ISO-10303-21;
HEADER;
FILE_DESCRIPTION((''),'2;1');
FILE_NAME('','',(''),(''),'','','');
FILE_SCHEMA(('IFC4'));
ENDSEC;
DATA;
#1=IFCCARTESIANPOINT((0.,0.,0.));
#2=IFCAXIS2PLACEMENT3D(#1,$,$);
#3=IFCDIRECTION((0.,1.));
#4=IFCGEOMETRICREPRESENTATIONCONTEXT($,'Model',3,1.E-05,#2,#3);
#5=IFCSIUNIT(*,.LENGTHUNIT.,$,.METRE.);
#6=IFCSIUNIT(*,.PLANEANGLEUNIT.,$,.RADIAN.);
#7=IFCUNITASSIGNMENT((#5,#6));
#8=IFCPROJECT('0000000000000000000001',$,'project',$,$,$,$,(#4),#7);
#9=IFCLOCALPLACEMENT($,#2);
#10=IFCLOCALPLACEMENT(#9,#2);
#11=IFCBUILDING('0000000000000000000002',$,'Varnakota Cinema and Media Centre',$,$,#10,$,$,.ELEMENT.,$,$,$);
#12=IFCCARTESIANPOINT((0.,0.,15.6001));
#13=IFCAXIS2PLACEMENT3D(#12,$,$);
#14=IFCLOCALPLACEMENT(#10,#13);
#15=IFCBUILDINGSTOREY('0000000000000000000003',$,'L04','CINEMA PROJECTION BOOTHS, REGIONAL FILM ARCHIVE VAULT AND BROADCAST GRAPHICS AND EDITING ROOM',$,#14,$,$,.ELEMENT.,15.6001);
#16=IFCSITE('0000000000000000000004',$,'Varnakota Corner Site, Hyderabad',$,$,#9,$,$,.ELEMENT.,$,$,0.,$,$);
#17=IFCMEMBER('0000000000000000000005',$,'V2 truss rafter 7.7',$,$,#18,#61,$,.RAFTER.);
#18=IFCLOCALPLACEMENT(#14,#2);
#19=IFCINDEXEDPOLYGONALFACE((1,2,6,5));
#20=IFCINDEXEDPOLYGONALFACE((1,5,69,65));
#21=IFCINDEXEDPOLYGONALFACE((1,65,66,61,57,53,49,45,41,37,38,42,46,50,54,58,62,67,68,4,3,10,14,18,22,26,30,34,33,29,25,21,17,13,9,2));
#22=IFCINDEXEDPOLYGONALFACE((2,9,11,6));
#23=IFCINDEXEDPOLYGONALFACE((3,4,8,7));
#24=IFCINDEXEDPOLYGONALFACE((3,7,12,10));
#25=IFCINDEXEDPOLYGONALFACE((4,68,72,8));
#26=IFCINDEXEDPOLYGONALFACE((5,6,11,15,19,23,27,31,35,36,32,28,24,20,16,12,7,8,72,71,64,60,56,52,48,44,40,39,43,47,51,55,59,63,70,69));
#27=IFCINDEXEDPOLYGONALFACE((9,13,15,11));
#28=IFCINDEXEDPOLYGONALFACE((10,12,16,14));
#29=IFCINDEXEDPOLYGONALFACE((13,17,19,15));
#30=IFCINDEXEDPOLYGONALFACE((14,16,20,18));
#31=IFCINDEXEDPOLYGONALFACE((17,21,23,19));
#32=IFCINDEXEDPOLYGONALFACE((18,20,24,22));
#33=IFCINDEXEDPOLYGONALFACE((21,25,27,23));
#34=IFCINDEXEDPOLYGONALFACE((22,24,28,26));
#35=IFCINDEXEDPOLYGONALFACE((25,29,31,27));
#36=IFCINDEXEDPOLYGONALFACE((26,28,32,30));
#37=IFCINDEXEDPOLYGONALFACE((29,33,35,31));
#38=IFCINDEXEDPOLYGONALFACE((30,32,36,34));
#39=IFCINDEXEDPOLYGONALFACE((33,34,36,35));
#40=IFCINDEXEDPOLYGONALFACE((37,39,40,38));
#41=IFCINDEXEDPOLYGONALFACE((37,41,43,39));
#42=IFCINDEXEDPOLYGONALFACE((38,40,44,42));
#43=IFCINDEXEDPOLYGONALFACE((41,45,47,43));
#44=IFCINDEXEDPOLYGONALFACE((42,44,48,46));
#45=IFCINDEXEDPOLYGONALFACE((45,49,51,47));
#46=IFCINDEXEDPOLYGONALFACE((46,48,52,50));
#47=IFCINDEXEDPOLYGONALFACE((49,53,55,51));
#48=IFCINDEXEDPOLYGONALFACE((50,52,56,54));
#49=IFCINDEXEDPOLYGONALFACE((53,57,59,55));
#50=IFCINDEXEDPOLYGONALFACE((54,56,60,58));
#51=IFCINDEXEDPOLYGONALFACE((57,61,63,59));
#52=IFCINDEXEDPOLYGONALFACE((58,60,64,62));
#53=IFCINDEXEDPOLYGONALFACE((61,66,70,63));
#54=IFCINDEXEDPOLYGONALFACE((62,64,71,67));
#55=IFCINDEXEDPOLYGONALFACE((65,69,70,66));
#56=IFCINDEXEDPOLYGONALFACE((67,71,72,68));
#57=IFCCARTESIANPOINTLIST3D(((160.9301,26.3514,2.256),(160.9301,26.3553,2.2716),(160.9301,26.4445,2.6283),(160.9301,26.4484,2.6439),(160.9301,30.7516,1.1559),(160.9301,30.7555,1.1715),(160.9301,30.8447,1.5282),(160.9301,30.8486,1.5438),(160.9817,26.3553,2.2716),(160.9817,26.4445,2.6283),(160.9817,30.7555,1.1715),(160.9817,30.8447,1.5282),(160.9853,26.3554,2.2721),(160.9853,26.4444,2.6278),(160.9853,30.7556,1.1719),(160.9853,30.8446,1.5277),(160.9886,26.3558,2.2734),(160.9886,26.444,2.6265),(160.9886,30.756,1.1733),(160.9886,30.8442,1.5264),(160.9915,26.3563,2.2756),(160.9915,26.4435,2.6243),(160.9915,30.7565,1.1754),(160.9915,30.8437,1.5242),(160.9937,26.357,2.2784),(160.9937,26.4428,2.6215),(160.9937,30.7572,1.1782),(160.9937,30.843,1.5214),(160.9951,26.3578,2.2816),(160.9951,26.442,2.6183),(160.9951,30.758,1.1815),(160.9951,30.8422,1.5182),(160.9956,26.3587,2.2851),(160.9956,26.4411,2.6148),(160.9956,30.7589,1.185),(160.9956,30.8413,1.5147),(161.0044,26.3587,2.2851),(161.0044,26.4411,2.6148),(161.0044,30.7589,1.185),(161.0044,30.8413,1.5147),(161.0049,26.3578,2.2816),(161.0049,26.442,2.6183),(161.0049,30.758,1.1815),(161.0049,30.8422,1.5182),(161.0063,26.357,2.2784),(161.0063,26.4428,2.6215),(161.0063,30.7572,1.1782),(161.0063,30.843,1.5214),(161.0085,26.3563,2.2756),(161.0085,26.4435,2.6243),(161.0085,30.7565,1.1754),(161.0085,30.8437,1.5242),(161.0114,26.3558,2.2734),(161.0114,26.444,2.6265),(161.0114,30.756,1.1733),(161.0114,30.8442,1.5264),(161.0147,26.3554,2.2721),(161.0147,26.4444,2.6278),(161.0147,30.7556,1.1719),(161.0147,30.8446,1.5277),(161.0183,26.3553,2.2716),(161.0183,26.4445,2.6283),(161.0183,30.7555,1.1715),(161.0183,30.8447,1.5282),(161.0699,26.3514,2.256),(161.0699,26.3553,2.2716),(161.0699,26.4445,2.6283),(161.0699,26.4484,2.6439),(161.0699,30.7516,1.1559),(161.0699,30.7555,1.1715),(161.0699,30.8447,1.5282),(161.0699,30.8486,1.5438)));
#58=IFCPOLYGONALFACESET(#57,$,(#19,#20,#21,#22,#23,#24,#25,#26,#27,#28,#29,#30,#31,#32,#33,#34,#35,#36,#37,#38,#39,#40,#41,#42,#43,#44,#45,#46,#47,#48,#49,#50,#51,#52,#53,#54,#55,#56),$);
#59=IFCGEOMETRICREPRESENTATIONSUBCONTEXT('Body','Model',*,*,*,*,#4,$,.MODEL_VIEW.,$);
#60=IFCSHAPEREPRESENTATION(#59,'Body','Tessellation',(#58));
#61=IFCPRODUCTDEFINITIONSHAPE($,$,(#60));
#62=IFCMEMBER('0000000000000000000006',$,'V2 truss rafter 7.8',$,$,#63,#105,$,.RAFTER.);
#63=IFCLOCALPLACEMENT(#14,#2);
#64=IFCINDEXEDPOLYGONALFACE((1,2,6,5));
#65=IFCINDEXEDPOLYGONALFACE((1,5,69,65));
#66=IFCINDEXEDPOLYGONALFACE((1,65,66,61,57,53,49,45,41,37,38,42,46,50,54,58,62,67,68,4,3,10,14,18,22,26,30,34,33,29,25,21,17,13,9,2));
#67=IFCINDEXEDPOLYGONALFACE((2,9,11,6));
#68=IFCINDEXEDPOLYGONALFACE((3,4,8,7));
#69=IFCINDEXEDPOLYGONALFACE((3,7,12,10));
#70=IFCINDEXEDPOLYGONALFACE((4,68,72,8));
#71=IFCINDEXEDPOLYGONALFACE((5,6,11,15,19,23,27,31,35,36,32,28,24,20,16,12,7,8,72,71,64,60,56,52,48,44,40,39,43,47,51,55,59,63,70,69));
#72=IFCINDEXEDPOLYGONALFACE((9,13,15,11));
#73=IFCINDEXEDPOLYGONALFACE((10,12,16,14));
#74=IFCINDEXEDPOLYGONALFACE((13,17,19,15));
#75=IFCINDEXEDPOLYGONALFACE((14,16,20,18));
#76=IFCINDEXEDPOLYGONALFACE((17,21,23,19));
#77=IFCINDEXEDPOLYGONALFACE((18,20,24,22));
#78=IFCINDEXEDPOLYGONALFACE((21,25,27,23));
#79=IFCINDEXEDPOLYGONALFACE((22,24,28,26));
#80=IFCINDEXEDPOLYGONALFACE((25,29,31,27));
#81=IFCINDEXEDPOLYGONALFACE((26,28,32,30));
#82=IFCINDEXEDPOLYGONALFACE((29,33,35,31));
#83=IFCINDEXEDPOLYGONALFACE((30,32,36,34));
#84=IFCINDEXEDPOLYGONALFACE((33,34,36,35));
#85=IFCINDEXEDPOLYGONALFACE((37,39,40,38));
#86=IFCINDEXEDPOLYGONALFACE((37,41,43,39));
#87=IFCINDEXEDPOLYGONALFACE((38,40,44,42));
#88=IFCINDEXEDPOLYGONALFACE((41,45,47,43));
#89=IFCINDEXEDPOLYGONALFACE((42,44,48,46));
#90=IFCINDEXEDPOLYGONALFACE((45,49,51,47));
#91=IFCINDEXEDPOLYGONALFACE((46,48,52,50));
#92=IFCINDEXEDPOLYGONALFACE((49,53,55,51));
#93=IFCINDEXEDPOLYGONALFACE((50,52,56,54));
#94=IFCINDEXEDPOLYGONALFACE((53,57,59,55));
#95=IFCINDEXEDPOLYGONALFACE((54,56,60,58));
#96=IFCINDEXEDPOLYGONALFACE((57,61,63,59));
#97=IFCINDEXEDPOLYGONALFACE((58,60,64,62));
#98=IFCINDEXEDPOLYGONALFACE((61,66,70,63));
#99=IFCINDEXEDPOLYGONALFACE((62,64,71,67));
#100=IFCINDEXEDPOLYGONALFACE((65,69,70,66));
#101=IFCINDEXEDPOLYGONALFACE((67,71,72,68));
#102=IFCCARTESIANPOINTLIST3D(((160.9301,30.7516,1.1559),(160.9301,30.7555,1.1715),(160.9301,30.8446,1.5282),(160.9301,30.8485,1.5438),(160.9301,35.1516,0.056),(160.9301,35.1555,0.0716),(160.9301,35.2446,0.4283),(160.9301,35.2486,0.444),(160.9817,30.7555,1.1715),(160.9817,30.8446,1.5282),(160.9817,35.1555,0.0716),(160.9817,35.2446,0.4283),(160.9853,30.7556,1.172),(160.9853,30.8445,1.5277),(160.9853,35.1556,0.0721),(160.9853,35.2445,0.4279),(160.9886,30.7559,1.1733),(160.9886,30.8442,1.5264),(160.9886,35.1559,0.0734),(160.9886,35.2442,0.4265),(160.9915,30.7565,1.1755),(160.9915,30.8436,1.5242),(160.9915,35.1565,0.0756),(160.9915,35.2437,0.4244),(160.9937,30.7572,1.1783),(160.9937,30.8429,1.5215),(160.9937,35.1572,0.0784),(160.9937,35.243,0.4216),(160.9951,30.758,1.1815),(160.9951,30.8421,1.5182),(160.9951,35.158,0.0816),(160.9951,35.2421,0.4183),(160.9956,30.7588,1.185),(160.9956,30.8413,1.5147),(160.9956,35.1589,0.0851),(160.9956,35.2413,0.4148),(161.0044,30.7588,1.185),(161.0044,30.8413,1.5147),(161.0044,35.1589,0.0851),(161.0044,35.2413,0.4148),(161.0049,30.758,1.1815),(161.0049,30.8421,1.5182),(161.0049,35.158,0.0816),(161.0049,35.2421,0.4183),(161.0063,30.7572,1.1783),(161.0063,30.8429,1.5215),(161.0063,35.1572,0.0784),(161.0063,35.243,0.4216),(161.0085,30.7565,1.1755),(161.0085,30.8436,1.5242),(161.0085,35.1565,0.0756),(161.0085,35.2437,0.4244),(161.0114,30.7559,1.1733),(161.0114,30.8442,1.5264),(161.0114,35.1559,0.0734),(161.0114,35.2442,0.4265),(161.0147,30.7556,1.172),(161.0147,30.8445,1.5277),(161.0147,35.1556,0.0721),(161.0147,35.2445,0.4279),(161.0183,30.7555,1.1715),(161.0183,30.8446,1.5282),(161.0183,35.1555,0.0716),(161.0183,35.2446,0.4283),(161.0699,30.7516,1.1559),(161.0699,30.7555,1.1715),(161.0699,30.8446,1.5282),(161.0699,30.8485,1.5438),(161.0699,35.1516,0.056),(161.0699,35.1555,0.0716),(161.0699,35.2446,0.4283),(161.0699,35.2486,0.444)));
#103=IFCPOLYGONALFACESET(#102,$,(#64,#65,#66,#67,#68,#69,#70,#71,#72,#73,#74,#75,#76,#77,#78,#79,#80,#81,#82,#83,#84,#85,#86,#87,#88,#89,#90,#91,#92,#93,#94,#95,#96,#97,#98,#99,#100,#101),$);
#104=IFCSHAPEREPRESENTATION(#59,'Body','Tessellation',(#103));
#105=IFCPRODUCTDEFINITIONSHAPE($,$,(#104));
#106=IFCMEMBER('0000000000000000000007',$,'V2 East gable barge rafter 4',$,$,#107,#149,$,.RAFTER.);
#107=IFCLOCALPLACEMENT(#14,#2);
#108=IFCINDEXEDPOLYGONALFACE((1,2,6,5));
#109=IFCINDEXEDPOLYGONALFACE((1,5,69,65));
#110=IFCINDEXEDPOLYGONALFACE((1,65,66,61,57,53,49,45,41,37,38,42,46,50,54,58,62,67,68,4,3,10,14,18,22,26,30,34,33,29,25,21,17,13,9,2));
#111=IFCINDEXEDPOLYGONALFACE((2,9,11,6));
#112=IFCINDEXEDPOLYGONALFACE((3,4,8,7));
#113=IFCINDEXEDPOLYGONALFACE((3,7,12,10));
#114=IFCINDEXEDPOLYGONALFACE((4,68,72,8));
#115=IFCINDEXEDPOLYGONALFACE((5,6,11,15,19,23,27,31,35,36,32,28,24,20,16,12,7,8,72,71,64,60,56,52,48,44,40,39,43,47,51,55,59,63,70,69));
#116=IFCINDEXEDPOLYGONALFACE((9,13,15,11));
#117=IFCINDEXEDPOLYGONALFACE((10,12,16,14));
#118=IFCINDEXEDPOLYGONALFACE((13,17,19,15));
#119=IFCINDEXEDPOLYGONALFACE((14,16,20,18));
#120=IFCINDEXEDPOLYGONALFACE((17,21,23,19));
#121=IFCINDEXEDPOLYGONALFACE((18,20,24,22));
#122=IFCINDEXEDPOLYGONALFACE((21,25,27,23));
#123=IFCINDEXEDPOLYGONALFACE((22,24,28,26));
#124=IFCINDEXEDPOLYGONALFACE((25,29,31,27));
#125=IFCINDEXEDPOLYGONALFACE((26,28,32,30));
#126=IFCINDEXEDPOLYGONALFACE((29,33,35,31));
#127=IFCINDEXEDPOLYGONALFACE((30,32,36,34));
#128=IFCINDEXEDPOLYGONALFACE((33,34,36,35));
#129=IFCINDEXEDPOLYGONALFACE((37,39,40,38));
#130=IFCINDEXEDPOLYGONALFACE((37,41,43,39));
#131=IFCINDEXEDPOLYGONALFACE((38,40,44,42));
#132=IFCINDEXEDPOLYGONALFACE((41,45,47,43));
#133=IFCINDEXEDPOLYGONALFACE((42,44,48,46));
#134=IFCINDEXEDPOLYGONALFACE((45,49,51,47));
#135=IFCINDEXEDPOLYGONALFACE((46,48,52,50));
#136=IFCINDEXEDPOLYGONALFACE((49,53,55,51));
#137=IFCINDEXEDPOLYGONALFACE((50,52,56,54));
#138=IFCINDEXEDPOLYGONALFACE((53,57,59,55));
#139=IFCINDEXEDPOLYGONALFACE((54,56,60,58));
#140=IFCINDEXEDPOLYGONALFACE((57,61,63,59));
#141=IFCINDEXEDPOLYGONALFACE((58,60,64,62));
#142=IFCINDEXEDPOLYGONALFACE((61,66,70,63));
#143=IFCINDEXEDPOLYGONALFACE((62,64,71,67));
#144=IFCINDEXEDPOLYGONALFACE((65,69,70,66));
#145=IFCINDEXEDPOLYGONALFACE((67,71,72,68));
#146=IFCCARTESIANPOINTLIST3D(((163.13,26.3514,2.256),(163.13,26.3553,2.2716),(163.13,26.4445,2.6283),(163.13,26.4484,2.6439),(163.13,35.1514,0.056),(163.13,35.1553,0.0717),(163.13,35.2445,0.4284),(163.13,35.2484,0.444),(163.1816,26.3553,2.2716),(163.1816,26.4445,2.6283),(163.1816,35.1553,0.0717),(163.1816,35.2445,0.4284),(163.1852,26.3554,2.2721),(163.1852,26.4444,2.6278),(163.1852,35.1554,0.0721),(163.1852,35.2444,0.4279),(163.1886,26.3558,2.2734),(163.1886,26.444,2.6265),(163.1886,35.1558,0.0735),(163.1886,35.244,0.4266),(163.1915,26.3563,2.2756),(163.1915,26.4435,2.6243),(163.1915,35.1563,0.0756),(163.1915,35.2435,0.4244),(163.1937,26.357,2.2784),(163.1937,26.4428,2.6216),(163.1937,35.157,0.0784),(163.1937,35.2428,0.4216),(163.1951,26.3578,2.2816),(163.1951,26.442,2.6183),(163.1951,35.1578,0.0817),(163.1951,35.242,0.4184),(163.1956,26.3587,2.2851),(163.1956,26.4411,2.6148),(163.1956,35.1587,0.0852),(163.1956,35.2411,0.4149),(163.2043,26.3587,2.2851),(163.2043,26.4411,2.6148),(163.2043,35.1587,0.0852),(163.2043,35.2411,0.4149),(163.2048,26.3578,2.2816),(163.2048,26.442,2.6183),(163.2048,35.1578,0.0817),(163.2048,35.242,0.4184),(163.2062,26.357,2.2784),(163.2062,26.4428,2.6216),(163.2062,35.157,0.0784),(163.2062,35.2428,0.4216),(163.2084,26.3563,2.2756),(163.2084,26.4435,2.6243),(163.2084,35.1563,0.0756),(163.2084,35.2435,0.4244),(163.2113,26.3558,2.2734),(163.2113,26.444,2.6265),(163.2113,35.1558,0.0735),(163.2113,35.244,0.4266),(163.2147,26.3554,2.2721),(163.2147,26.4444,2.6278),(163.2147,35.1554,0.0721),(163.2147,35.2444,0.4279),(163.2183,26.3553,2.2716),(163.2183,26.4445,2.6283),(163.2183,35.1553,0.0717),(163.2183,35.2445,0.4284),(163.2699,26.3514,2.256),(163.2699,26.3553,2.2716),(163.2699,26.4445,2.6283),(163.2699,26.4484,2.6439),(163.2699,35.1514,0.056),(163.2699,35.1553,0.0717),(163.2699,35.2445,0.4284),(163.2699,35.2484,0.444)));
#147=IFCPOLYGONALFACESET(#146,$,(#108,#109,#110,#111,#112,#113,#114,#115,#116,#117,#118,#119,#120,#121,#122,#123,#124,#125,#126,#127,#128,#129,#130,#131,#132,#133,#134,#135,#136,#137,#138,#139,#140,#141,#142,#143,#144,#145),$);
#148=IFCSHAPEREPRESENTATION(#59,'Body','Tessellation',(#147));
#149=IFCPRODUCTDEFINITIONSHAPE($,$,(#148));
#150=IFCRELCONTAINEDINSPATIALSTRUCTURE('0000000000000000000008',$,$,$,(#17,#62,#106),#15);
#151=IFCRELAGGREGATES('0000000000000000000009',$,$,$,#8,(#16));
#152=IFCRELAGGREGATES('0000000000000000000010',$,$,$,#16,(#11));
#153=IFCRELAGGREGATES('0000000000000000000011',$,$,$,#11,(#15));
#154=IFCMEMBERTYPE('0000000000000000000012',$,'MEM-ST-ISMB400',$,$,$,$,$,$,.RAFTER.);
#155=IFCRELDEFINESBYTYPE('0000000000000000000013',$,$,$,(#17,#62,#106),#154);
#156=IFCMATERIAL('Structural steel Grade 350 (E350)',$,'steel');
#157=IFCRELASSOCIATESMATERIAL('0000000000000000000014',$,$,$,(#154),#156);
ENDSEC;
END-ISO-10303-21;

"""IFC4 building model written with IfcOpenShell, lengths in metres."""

from ifc_helpers import new_model, si_unit, direction, frame, origin, origin_2d, place, context, subcontext, project, spatial, i_section, extrude, material, material_profile, profile_set, type_object, element, save


model = new_model("IFC4")

# Units and contexts
model_context = context("Model", 3, precision=1e-05, world=origin(), true_north=direction((0.0, 1.0)))
body_context = subcontext(model_context, "Body", "Model", "MODEL_VIEW")
ifc_project = project(units=[si_unit("LENGTHUNIT", "METRE"), si_unit("PLANEANGLEUNIT", "RADIAN")], contexts=[model_context])

# Site, building, storey
site_placement = place(None, origin())
site = spatial("IfcSite", under=ifc_project, at=site_placement, Name="Varnakota Corner Site, Hyderabad", CompositionType="ELEMENT", RefElevation=0.0)
building_placement = place(site_placement, origin())
building = spatial("IfcBuilding", under=site, at=building_placement, Name="Varnakota Cinema and Media Centre", CompositionType="ELEMENT")
storey_placement = place(building_placement, frame((0.0, 0.0, 15.6001)))
storey = spatial("IfcBuildingStorey", under=building, at=storey_placement, Name="L04", Description="CINEMA PROJECTION BOOTHS, REGIONAL FILM ARCHIVE VAULT AND BROADCAST GRAPHICS AND EDITING ROOM", CompositionType="ELEMENT", Elevation=15.6001)

# Members
ifc_material_1 = material(Name="Structural steel Grade 350 (E350)", Category="steel")
ifc_material_profile_1 = material_profile(ifc_material_1, i_section(OverallWidth=0.1399, OverallDepth=0.3999, WebThickness=0.0088, FlangeThickness=0.0161, FilletRadius=0.0139, at=origin_2d()), Name="ISMB 400")
ifc_profile_set_1 = profile_set([ifc_material_profile_1], Name="Structural steel Grade 350 (E350)")
member_type_1 = type_object("IfcMemberType", Name="MEM-ST-ISMB400", PredefinedType="RAFTER", material=ifc_profile_set_1)
member_1_placement = place(storey_placement, frame((161.0, 26.3999, 2.45), z_axis=(0.0, 0.970139, -0.242548), x_axis=(-1.0, 0.0, 0.0)))
element("IfcMember", 1, at=member_1_placement, inside=storey, type_object=member_type_1, Name="V2 truss rafter 7.7", PredefinedType="RAFTER", context=body_context, shape_type="SweptSolid", body=[
    extrude(i_section(OverallWidth=0.1399, OverallDepth=0.3999, WebThickness=0.0088, FlangeThickness=0.0161, FilletRadius=0.0139, at=origin_2d()), origin(), (0.0, 0.0, 1.0), 4.5356),
])
member_2_placement = place(storey_placement, frame((161.0, 30.8, 1.3499), z_axis=(0.0, 0.970149, -0.24251), x_axis=(-1.0, 0.0, 0.0)))
element("IfcMember", 2, at=member_2_placement, inside=storey, type_object=member_type_1, Name="V2 truss rafter 7.8", PredefinedType="RAFTER", context=body_context, shape_type="SweptSolid", body=[
    extrude(i_section(OverallWidth=0.1399, OverallDepth=0.3999, WebThickness=0.0088, FlangeThickness=0.0161, FilletRadius=0.0139, at=origin_2d()), origin(), (0.0, 0.0, 1.0), 4.5354),
])
member_3_placement = place(storey_placement, frame((163.2, 26.3999, 2.45), z_axis=(0.0, 0.970144, -0.242529), x_axis=(-1.0, 0.0, 0.0)))
element("IfcMember", 3, at=member_3_placement, inside=storey, type_object=member_type_1, Name="V2 East gable barge rafter 4", PredefinedType="RAFTER", context=body_context, shape_type="SweptSolid", body=[
    extrude(i_section(OverallWidth=0.1399, OverallDepth=0.3999, WebThickness=0.0088, FlangeThickness=0.0161, FilletRadius=0.0139, at=origin_2d()), origin(), (0.0, 0.0, 1.0), 9.0708),
])

save(model, "model.ifc")
